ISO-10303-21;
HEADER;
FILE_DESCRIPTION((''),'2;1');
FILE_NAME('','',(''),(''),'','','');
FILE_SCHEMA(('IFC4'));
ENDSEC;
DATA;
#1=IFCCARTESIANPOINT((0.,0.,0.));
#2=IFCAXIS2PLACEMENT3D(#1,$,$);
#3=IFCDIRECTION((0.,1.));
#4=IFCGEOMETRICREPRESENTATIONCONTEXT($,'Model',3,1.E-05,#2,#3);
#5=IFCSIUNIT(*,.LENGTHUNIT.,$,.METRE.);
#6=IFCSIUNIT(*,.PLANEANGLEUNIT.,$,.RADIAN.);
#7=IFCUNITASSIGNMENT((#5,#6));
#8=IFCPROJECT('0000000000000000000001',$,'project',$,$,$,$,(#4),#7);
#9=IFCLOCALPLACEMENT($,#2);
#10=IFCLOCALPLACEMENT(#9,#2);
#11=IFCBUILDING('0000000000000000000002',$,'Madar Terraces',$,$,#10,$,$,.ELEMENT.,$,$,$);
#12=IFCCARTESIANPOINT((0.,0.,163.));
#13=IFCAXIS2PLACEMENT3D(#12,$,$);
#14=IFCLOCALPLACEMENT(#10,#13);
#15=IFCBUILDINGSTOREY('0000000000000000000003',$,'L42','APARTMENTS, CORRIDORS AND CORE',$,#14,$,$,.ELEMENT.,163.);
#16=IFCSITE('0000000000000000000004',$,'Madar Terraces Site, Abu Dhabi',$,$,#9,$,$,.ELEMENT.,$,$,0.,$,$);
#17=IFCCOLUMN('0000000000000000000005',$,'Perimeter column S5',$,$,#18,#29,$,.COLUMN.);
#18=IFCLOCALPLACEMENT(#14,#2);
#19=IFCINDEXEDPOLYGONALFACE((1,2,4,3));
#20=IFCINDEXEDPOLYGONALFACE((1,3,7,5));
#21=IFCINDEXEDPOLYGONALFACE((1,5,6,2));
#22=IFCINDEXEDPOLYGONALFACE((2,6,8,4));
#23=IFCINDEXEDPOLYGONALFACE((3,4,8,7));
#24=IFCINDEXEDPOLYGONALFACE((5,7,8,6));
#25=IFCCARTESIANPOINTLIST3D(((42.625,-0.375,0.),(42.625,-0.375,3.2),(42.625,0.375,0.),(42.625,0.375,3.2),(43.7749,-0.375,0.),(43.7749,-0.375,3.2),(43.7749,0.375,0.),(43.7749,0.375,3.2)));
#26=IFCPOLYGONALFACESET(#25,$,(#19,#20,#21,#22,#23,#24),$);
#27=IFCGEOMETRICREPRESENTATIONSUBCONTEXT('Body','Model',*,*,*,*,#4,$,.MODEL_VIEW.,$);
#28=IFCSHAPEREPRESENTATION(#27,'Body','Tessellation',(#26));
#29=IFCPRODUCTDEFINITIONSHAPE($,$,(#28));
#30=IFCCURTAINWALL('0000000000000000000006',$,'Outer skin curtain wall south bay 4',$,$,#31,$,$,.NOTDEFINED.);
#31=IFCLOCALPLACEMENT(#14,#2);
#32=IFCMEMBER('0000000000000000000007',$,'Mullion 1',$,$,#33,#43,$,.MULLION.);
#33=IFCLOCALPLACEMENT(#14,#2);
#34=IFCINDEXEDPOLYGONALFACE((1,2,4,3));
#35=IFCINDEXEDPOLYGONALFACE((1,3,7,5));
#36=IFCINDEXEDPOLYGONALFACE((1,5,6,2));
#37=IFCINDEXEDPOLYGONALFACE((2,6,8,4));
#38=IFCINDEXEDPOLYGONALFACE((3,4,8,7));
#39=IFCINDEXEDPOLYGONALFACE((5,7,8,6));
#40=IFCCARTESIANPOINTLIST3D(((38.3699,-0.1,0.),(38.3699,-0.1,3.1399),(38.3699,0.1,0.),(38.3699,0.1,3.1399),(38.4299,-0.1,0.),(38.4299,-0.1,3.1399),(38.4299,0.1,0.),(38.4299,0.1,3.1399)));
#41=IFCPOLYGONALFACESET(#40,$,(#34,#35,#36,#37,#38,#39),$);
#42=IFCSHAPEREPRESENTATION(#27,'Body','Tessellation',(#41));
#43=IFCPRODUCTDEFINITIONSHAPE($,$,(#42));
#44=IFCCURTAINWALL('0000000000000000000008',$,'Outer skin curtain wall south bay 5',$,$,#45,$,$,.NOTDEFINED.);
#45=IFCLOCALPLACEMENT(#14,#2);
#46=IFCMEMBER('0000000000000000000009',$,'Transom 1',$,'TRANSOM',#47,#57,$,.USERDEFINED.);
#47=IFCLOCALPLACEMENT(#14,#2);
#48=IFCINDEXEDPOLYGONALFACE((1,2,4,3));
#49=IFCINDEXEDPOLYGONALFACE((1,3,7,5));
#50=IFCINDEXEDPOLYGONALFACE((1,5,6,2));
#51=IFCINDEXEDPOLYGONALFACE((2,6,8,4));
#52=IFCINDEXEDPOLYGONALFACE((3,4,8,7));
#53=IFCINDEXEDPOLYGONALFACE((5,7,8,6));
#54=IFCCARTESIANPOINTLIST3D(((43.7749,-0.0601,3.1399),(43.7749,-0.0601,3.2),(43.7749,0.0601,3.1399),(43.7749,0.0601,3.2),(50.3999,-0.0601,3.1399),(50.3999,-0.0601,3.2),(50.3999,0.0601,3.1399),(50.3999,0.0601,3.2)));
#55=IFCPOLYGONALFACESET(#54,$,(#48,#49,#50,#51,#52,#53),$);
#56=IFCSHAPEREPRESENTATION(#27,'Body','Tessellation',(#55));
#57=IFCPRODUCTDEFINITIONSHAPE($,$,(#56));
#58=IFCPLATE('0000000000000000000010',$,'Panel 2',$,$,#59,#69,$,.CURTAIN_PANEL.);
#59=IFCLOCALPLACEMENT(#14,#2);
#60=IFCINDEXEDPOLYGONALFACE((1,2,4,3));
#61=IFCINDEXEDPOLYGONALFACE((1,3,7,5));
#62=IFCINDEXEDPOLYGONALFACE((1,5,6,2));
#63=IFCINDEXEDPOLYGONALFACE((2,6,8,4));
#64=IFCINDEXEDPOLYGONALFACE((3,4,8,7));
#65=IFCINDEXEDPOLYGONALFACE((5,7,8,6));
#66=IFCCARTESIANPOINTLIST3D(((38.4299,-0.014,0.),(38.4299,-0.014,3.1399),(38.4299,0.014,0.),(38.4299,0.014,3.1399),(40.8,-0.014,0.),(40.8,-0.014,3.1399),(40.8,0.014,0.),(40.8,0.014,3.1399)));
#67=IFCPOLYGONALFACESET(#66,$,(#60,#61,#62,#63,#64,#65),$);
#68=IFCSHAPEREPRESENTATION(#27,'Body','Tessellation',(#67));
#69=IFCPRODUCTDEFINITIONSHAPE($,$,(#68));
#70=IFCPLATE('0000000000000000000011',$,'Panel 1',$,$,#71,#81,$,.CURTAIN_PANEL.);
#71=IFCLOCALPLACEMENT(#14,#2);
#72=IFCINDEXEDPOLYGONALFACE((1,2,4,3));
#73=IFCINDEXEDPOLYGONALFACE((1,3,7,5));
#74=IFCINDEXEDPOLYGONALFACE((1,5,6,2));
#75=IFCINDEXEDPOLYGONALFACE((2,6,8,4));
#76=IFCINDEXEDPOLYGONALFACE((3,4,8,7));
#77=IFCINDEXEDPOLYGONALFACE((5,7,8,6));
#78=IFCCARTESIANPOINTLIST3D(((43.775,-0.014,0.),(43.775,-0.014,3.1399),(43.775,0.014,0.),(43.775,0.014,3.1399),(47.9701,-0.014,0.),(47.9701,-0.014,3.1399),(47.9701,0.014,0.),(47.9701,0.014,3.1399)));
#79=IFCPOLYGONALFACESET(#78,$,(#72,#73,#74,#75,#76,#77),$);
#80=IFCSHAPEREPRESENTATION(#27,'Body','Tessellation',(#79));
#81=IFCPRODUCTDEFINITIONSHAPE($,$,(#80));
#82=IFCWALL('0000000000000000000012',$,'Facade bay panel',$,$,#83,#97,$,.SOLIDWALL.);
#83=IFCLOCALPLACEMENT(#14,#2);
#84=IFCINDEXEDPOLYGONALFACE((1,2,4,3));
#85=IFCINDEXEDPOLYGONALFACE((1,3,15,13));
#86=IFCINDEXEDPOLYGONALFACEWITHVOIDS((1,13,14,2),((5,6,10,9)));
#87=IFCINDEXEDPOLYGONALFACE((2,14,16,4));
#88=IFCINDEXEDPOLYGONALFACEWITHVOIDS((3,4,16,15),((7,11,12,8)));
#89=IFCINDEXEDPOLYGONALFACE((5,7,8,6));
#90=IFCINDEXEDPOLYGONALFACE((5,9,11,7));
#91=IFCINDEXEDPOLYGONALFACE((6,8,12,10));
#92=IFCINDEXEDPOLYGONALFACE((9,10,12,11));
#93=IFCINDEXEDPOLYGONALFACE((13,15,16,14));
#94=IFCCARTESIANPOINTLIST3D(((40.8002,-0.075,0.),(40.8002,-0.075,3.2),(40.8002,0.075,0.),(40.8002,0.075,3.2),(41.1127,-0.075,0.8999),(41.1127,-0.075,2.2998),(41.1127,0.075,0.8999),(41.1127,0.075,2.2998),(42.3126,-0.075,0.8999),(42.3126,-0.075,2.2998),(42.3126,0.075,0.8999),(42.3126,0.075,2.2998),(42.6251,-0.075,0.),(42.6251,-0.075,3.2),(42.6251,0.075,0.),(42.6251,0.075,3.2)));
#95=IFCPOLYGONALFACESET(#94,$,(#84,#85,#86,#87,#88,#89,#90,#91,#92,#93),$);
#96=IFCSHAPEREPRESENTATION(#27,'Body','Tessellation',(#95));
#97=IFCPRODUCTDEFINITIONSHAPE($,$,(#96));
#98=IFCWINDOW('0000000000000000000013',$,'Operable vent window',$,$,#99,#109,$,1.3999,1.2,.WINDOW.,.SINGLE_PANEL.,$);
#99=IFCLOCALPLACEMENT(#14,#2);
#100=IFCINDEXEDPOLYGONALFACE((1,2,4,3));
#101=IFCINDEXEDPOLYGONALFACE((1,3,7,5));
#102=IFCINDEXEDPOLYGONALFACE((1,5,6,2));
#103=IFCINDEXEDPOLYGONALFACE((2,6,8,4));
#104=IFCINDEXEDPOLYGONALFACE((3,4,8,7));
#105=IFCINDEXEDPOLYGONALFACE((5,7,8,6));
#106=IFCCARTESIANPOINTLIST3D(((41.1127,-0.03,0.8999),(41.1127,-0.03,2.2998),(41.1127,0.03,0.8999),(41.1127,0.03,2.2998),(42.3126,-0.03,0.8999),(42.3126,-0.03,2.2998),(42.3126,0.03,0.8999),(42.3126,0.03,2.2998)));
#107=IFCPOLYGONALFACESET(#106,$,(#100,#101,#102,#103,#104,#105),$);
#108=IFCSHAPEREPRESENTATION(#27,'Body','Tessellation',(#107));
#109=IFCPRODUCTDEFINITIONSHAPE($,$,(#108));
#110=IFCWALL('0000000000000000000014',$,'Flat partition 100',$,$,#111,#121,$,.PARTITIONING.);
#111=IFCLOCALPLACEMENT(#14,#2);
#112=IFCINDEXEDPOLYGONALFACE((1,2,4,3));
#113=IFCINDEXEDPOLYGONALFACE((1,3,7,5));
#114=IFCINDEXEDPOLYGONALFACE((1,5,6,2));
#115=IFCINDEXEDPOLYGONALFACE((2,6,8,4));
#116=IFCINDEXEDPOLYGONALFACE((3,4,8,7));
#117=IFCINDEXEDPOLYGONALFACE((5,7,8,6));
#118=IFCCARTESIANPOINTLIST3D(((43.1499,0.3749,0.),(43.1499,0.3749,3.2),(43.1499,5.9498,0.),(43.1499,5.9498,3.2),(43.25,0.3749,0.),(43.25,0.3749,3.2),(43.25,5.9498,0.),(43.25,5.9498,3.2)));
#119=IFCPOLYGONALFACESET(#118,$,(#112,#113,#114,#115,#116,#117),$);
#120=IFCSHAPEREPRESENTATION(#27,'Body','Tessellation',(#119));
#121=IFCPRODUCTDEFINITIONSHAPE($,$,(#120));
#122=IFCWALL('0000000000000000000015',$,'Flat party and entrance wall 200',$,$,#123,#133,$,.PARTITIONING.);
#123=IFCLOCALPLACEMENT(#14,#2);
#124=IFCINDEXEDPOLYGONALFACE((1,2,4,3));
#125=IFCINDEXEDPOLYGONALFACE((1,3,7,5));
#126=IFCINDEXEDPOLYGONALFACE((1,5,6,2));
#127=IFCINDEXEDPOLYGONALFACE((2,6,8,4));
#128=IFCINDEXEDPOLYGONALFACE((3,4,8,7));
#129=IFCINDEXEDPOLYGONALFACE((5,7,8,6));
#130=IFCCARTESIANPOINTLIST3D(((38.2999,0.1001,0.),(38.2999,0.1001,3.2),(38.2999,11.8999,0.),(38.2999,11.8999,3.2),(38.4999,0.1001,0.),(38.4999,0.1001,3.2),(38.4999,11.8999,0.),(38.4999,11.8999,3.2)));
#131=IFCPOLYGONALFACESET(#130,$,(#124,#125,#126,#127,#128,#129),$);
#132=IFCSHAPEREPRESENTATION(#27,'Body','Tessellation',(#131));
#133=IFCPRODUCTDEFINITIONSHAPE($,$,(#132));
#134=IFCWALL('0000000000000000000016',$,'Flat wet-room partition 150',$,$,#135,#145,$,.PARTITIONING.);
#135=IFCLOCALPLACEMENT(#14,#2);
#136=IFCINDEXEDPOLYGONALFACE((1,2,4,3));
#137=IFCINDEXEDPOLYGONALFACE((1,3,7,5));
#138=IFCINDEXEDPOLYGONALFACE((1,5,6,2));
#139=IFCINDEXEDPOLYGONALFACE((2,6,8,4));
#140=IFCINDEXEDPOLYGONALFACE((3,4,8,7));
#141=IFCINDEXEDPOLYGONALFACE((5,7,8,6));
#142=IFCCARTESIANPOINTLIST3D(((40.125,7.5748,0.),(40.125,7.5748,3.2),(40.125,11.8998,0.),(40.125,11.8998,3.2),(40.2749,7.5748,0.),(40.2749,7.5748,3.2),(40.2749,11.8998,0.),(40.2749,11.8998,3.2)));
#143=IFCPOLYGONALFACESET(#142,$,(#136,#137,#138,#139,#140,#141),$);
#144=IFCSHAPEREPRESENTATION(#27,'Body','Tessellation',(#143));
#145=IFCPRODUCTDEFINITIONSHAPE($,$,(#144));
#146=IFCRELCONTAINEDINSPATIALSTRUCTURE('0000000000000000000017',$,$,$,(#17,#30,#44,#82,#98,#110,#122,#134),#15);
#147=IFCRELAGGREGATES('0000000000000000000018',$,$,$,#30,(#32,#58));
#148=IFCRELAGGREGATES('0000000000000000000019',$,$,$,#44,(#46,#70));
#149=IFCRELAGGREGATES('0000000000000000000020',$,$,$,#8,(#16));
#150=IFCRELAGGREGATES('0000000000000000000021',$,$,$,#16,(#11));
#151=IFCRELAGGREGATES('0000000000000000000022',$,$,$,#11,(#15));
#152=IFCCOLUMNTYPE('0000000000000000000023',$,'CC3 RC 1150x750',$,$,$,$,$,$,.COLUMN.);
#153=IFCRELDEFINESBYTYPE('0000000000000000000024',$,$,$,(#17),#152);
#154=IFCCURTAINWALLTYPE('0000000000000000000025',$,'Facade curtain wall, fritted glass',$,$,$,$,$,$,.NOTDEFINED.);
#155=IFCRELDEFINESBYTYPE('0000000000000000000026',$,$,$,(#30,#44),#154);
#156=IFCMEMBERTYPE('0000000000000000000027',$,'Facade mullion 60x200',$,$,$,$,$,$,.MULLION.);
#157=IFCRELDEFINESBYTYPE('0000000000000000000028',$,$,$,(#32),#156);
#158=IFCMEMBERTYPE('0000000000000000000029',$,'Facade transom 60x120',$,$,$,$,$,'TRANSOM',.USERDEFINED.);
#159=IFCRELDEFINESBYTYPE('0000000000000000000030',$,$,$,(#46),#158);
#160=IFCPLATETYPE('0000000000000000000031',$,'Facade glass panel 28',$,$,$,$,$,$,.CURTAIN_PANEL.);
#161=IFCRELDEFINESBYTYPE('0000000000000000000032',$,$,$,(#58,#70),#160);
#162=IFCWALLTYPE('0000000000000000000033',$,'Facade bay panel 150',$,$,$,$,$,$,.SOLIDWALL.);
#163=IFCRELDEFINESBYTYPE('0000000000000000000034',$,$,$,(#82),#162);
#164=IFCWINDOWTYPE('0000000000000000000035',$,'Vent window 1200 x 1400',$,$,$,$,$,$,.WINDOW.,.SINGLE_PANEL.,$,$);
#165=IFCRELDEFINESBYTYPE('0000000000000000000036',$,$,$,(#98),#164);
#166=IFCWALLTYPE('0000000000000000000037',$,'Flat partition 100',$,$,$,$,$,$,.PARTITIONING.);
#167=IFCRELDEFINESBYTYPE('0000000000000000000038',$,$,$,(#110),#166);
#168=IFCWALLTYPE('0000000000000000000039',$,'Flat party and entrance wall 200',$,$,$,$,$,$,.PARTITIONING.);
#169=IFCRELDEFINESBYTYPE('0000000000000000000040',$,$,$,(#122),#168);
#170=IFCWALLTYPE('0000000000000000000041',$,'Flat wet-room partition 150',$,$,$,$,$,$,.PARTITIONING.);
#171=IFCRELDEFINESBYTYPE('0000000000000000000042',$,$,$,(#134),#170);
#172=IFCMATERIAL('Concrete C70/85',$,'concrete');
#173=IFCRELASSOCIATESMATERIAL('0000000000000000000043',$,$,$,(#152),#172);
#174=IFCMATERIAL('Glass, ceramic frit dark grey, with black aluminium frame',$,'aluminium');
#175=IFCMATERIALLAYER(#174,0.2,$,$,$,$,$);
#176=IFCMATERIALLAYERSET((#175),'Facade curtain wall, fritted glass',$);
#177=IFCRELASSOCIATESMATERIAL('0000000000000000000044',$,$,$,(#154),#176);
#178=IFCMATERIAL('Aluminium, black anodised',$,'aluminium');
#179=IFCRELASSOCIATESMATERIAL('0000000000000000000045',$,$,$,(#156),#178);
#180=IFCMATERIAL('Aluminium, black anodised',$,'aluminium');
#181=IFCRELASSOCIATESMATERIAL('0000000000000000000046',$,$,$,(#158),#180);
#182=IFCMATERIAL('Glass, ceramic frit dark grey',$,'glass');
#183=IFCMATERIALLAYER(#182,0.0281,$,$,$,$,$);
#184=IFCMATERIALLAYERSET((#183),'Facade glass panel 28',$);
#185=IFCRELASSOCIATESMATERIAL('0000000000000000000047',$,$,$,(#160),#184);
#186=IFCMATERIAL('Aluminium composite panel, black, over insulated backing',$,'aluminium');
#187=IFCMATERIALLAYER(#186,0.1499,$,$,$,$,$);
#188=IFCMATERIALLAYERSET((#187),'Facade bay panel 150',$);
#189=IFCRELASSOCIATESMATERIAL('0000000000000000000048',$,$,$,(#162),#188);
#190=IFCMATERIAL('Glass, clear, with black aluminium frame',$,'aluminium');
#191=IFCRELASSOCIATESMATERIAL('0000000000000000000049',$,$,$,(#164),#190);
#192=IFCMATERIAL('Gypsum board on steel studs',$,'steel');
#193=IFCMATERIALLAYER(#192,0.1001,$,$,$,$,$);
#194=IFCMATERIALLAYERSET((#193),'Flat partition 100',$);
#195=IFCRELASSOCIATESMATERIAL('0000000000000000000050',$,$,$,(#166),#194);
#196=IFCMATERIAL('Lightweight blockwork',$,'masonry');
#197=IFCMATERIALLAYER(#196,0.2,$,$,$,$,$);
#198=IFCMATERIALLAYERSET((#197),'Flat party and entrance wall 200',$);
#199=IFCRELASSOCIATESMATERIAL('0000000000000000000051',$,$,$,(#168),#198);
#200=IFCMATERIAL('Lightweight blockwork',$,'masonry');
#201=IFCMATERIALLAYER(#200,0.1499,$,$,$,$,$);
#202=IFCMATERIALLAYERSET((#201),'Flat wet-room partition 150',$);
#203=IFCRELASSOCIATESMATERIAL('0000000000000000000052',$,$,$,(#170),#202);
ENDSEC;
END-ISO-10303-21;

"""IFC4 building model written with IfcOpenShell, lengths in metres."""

from ifc_helpers import new_model, si_unit, direction, frame, frame_2d, origin, origin_2d, place, context, subcontext, project, spatial, rectangle, extrude, material, layer, layer_set, material_profile, profile_set, type_object, element, fill, aggregate, save


model = new_model("IFC4")

# Units and contexts
model_context = context("Model", 3, precision=1e-05, world=origin(), true_north=direction((0.0, 1.0)))
body_context = subcontext(model_context, "Body", "Model", "MODEL_VIEW")
ifc_project = project(units=[si_unit("LENGTHUNIT", "METRE"), si_unit("PLANEANGLEUNIT", "RADIAN")], contexts=[model_context])

# Site, building, storey
site_placement = place(None, origin())
site = spatial("IfcSite", under=ifc_project, at=site_placement, Name="Madar Terraces Site, Abu Dhabi", CompositionType="ELEMENT", RefElevation=0.0)
building_placement = place(site_placement, origin())
building = spatial("IfcBuilding", under=site, at=building_placement, Name="Madar Terraces", CompositionType="ELEMENT")
storey_placement = place(building_placement, frame((0.0, 0.0, 163.0)))
storey = spatial("IfcBuildingStorey", under=building, at=storey_placement, Name="L42", Description="APARTMENTS, CORRIDORS AND CORE", CompositionType="ELEMENT", Elevation=163.0)

# Column
ifc_material_1 = material(Name="Concrete C70/85", Category="concrete")
ifc_material_profile_1 = material_profile(ifc_material_1, rectangle(XDim=1.1499, YDim=0.75, at=origin_2d()), Name="CC3 RC 1150x750")
ifc_profile_set_1 = profile_set([ifc_material_profile_1], Name="Concrete C70/85")
column_type = type_object("IfcColumnType", Name="CC3 RC 1150x750", PredefinedType="COLUMN", material=ifc_profile_set_1)
column_placement = place(storey_placement, frame((43.2, 0.0, 0.0), z_axis=(0.0, 0.0, 1.0), x_axis=(1.0, 0.0, 0.0)))
element("IfcColumn", 1, at=column_placement, inside=storey, type_object=column_type, Name="Perimeter column S5", PredefinedType="COLUMN", context=body_context, shape_type="SweptSolid", body=[
    extrude(rectangle(XDim=1.1499, YDim=0.75, at=origin_2d()), origin(), (0.0, 0.0, 1.0), 3.2),
])

# Curtain walls, members
ifc_material_2 = material(Name="Glass, ceramic frit dark grey, with black aluminium frame", Category="aluminium")
ifc_layer_1 = layer(ifc_material_2, 0.2)
ifc_layer_set_1 = layer_set([ifc_layer_1], Name="Facade curtain wall, fritted glass")
curtain_wall_type = type_object("IfcCurtainWallType", Name="Facade curtain wall, fritted glass", PredefinedType="NOTDEFINED", material=ifc_layer_set_1)
curtain_wall_1_placement = place(storey_placement, origin())
curtain_wall_1 = element("IfcCurtainWall", 2, at=curtain_wall_1_placement, inside=storey, type_object=curtain_wall_type, Name="Outer skin curtain wall south bay 4", PredefinedType="NOTDEFINED")
ifc_material_3 = material(Name="Aluminium, black anodised", Category="aluminium")
ifc_material_profile_2 = material_profile(ifc_material_3, rectangle(XDim=0.2, YDim=0.0601, at=origin_2d()), Name="Facade mullion 60x200")
ifc_profile_set_2 = profile_set([ifc_material_profile_2], Name="Aluminium, black anodised")
member_type_1 = type_object("IfcMemberType", Name="Facade mullion 60x200", PredefinedType="MULLION", material=ifc_profile_set_2)
member_1_placement = place(storey_placement, frame((38.3999, 0.0, 0.0), z_axis=(0.0, 0.0, 1.0), x_axis=(0.0, 1.0, 0.0)))
member_1 = element("IfcMember", 3, at=member_1_placement, type_object=member_type_1, Name="Mullion 1", PredefinedType="MULLION", context=body_context, shape_type="SweptSolid", body=[
    extrude(rectangle(XDim=0.2, YDim=0.0601, at=origin_2d()), origin(), (0.0, 0.0, 1.0), 3.1399),
])
curtain_wall_2_placement = place(storey_placement, origin())
curtain_wall_2 = element("IfcCurtainWall", 4, at=curtain_wall_2_placement, inside=storey, type_object=curtain_wall_type, Name="Outer skin curtain wall south bay 5", PredefinedType="NOTDEFINED")
ifc_material_4 = material(Name="Aluminium, black anodised", Category="aluminium")
ifc_material_profile_3 = material_profile(ifc_material_4, rectangle(XDim=0.1201, YDim=0.0601, at=origin_2d()), Name="Facade transom 60x120")
ifc_profile_set_3 = profile_set([ifc_material_profile_3], Name="Aluminium, black anodised")
member_type_2 = type_object("IfcMemberType", Name="Facade transom 60x120", ElementType="TRANSOM", PredefinedType="USERDEFINED", material=ifc_profile_set_3)
member_2_placement = place(storey_placement, frame((43.7749, 0.0, 3.1699), z_axis=(1.0, 0.0, 0.0), x_axis=(0.0, 1.0, 0.0)))
member_2 = element("IfcMember", 5, at=member_2_placement, type_object=member_type_2, Name="Transom 1", ObjectType="TRANSOM", PredefinedType="USERDEFINED", context=body_context, shape_type="SweptSolid", body=[
    extrude(rectangle(XDim=0.1201, YDim=0.0601, at=origin_2d()), origin(), (0.0, 0.0, 1.0), 6.625),
])

# Plates
ifc_material_5 = material(Name="Glass, ceramic frit dark grey", Category="glass")
ifc_layer_2 = layer(ifc_material_5, 0.0281)
ifc_layer_set_2 = layer_set([ifc_layer_2], Name="Facade glass panel 28")
plate_type = type_object("IfcPlateType", Name="Facade glass panel 28", PredefinedType="CURTAIN_PANEL", material=ifc_layer_set_2)
plate_1_placement = place(storey_placement, frame((39.615, 0.0, 0.0), z_axis=(0.0, 0.0, 1.0), x_axis=(1.0, 0.0, 0.0)))
plate_1 = element("IfcPlate", 6, at=plate_1_placement, type_object=plate_type, Name="Panel 2", PredefinedType="CURTAIN_PANEL", context=body_context, shape_type="SweptSolid", body=[
    extrude(rectangle(XDim=2.3701, YDim=0.0281, at=origin_2d()), origin(), (0.0, 0.0, 1.0), 3.1399),
])
aggregate(curtain_wall_1, [member_1, plate_1])
plate_2_placement = place(storey_placement, frame((45.8726, 0.0, 0.0), z_axis=(0.0, 0.0, 1.0), x_axis=(1.0, 0.0, 0.0)))
plate_2 = element("IfcPlate", 7, at=plate_2_placement, type_object=plate_type, Name="Panel 1", PredefinedType="CURTAIN_PANEL", context=body_context, shape_type="SweptSolid", body=[
    extrude(rectangle(XDim=4.1951, YDim=0.0281, at=origin_2d()), origin(), (0.0, 0.0, 1.0), 3.1399),
])
aggregate(curtain_wall_2, [member_2, plate_2])

# Wall, opening, window
ifc_material_6 = material(Name="Aluminium composite panel, black, over insulated backing", Category="aluminium")
ifc_layer_3 = layer(ifc_material_6, 0.1499)
ifc_layer_set_3 = layer_set([ifc_layer_3], Name="Facade bay panel 150")
wall_type_1 = type_object("IfcWallType", Name="Facade bay panel 150", PredefinedType="SOLIDWALL", material=ifc_layer_set_3)
wall_1_placement = place(storey_placement, frame((40.8, 0.0, 0.0), z_axis=(0.0, 0.0, 1.0), x_axis=(1.0, 0.0, 0.0)))
wall_1 = element("IfcWall", 8, at=wall_1_placement, inside=storey, type_object=wall_type_1, Name="Facade bay panel", PredefinedType="SOLIDWALL", context=body_context, shape_type="SweptSolid", body=[
    extrude(rectangle(XDim=1.825, YDim=0.1499, at=frame_2d((0.9126, 0.0))), origin(), (0.0, 0.0, 1.0), 3.2),
])
opening_1_placement = place(wall_1_placement, frame((0.3125, 0.0, 0.8999)))
opening_1 = element("IfcOpeningElement", 9, at=opening_1_placement, cuts=wall_1, PredefinedType="OPENING", context=body_context, shape_type="SweptSolid", body=[
    extrude(rectangle(XDim=1.2, YDim=1.3999, at=frame_2d((0.6001, 0.7))), frame((0.0, 0.085, 0.0), z_axis=(0.0, -1.0, 0.0), x_axis=(1.0, 0.0, 0.0)), (0.0, 0.0, 1.0), 0.1699),
])
ifc_material_7 = material(Name="Glass, clear, with black aluminium frame", Category="aluminium")
window_type = type_object("IfcWindowType", Name="Vent window 1200 x 1400", PartitioningType="SINGLE_PANEL", PredefinedType="WINDOW", material=ifc_material_7)
window_placement = place(opening_1_placement, origin())
window = element("IfcWindow", 10, at=window_placement, inside=storey, type_object=window_type, Name="Operable vent window", OverallHeight=1.3999, OverallWidth=1.2, PartitioningType="SINGLE_PANEL", PredefinedType="WINDOW", context=body_context, shape_type="SweptSolid", body=[
    extrude(rectangle(XDim=1.2, YDim=1.3999, at=frame_2d((0.6001, 0.7))), frame((0.0, 0.03, 0.0), z_axis=(0.0, -1.0, 0.0), x_axis=(1.0, 0.0, 0.0)), (0.0, 0.0, 1.0), 0.0601),
])
fill(opening_1, window)

# Walls
ifc_material_8 = material(Name="Gypsum board on steel studs", Category="steel")
ifc_layer_4 = layer(ifc_material_8, 0.1001)
ifc_layer_set_4 = layer_set([ifc_layer_4], Name="Flat partition 100")
wall_type_2 = type_object("IfcWallType", Name="Flat partition 100", PredefinedType="PARTITIONING", material=ifc_layer_set_4)
wall_2_placement = place(storey_placement, frame((43.2, 5.95, 0.0), z_axis=(0.0, 0.0, 1.0), x_axis=(0.0, -1.0, 0.0)))
element("IfcWall", 11, at=wall_2_placement, inside=storey, type_object=wall_type_2, Name="Flat partition 100", PredefinedType="PARTITIONING", context=body_context, shape_type="SweptSolid", body=[
    extrude(rectangle(XDim=5.575, YDim=0.1001, at=frame_2d((2.7876, 0.0))), origin(), (0.0, 0.0, 1.0), 3.2),
])
ifc_material_9 = material(Name="Lightweight blockwork", Category="masonry")
ifc_layer_5 = layer(ifc_material_9, 0.2)
ifc_layer_set_5 = layer_set([ifc_layer_5], Name="Flat party and entrance wall 200")
wall_type_3 = type_object("IfcWallType", Name="Flat party and entrance wall 200", PredefinedType="PARTITIONING", material=ifc_layer_set_5)
wall_3_placement = place(storey_placement, frame((38.3999, 11.8999, 0.0), z_axis=(0.0, 0.0, 1.0), x_axis=(0.0, -1.0, 0.0)))
element("IfcWall", 12, at=wall_3_placement, inside=storey, type_object=wall_type_3, Name="Flat party and entrance wall 200", PredefinedType="PARTITIONING", context=body_context, shape_type="SweptSolid", body=[
    extrude(rectangle(XDim=11.7998, YDim=0.2, at=frame_2d((5.8999, 0.0))), origin(), (0.0, 0.0, 1.0), 3.2),
])
ifc_material_10 = material(Name="Lightweight blockwork", Category="masonry")
ifc_layer_6 = layer(ifc_material_10, 0.1499)
ifc_layer_set_6 = layer_set([ifc_layer_6], Name="Flat wet-room partition 150")
wall_type_4 = type_object("IfcWallType", Name="Flat wet-room partition 150", PredefinedType="PARTITIONING", material=ifc_layer_set_6)
wall_4_placement = place(storey_placement, frame((40.2, 11.8999, 0.0), z_axis=(0.0, 0.0, 1.0), x_axis=(0.0, -1.0, 0.0)))
element("IfcWall", 13, at=wall_4_placement, inside=storey, type_object=wall_type_4, Name="Flat wet-room partition 150", PredefinedType="PARTITIONING", context=body_context, shape_type="SweptSolid", body=[
    extrude(rectangle(XDim=4.325, YDim=0.1499, at=frame_2d((2.1626, 0.0))), origin(), (0.0, 0.0, 1.0), 3.2),
])

save(model, "model.ifc")
